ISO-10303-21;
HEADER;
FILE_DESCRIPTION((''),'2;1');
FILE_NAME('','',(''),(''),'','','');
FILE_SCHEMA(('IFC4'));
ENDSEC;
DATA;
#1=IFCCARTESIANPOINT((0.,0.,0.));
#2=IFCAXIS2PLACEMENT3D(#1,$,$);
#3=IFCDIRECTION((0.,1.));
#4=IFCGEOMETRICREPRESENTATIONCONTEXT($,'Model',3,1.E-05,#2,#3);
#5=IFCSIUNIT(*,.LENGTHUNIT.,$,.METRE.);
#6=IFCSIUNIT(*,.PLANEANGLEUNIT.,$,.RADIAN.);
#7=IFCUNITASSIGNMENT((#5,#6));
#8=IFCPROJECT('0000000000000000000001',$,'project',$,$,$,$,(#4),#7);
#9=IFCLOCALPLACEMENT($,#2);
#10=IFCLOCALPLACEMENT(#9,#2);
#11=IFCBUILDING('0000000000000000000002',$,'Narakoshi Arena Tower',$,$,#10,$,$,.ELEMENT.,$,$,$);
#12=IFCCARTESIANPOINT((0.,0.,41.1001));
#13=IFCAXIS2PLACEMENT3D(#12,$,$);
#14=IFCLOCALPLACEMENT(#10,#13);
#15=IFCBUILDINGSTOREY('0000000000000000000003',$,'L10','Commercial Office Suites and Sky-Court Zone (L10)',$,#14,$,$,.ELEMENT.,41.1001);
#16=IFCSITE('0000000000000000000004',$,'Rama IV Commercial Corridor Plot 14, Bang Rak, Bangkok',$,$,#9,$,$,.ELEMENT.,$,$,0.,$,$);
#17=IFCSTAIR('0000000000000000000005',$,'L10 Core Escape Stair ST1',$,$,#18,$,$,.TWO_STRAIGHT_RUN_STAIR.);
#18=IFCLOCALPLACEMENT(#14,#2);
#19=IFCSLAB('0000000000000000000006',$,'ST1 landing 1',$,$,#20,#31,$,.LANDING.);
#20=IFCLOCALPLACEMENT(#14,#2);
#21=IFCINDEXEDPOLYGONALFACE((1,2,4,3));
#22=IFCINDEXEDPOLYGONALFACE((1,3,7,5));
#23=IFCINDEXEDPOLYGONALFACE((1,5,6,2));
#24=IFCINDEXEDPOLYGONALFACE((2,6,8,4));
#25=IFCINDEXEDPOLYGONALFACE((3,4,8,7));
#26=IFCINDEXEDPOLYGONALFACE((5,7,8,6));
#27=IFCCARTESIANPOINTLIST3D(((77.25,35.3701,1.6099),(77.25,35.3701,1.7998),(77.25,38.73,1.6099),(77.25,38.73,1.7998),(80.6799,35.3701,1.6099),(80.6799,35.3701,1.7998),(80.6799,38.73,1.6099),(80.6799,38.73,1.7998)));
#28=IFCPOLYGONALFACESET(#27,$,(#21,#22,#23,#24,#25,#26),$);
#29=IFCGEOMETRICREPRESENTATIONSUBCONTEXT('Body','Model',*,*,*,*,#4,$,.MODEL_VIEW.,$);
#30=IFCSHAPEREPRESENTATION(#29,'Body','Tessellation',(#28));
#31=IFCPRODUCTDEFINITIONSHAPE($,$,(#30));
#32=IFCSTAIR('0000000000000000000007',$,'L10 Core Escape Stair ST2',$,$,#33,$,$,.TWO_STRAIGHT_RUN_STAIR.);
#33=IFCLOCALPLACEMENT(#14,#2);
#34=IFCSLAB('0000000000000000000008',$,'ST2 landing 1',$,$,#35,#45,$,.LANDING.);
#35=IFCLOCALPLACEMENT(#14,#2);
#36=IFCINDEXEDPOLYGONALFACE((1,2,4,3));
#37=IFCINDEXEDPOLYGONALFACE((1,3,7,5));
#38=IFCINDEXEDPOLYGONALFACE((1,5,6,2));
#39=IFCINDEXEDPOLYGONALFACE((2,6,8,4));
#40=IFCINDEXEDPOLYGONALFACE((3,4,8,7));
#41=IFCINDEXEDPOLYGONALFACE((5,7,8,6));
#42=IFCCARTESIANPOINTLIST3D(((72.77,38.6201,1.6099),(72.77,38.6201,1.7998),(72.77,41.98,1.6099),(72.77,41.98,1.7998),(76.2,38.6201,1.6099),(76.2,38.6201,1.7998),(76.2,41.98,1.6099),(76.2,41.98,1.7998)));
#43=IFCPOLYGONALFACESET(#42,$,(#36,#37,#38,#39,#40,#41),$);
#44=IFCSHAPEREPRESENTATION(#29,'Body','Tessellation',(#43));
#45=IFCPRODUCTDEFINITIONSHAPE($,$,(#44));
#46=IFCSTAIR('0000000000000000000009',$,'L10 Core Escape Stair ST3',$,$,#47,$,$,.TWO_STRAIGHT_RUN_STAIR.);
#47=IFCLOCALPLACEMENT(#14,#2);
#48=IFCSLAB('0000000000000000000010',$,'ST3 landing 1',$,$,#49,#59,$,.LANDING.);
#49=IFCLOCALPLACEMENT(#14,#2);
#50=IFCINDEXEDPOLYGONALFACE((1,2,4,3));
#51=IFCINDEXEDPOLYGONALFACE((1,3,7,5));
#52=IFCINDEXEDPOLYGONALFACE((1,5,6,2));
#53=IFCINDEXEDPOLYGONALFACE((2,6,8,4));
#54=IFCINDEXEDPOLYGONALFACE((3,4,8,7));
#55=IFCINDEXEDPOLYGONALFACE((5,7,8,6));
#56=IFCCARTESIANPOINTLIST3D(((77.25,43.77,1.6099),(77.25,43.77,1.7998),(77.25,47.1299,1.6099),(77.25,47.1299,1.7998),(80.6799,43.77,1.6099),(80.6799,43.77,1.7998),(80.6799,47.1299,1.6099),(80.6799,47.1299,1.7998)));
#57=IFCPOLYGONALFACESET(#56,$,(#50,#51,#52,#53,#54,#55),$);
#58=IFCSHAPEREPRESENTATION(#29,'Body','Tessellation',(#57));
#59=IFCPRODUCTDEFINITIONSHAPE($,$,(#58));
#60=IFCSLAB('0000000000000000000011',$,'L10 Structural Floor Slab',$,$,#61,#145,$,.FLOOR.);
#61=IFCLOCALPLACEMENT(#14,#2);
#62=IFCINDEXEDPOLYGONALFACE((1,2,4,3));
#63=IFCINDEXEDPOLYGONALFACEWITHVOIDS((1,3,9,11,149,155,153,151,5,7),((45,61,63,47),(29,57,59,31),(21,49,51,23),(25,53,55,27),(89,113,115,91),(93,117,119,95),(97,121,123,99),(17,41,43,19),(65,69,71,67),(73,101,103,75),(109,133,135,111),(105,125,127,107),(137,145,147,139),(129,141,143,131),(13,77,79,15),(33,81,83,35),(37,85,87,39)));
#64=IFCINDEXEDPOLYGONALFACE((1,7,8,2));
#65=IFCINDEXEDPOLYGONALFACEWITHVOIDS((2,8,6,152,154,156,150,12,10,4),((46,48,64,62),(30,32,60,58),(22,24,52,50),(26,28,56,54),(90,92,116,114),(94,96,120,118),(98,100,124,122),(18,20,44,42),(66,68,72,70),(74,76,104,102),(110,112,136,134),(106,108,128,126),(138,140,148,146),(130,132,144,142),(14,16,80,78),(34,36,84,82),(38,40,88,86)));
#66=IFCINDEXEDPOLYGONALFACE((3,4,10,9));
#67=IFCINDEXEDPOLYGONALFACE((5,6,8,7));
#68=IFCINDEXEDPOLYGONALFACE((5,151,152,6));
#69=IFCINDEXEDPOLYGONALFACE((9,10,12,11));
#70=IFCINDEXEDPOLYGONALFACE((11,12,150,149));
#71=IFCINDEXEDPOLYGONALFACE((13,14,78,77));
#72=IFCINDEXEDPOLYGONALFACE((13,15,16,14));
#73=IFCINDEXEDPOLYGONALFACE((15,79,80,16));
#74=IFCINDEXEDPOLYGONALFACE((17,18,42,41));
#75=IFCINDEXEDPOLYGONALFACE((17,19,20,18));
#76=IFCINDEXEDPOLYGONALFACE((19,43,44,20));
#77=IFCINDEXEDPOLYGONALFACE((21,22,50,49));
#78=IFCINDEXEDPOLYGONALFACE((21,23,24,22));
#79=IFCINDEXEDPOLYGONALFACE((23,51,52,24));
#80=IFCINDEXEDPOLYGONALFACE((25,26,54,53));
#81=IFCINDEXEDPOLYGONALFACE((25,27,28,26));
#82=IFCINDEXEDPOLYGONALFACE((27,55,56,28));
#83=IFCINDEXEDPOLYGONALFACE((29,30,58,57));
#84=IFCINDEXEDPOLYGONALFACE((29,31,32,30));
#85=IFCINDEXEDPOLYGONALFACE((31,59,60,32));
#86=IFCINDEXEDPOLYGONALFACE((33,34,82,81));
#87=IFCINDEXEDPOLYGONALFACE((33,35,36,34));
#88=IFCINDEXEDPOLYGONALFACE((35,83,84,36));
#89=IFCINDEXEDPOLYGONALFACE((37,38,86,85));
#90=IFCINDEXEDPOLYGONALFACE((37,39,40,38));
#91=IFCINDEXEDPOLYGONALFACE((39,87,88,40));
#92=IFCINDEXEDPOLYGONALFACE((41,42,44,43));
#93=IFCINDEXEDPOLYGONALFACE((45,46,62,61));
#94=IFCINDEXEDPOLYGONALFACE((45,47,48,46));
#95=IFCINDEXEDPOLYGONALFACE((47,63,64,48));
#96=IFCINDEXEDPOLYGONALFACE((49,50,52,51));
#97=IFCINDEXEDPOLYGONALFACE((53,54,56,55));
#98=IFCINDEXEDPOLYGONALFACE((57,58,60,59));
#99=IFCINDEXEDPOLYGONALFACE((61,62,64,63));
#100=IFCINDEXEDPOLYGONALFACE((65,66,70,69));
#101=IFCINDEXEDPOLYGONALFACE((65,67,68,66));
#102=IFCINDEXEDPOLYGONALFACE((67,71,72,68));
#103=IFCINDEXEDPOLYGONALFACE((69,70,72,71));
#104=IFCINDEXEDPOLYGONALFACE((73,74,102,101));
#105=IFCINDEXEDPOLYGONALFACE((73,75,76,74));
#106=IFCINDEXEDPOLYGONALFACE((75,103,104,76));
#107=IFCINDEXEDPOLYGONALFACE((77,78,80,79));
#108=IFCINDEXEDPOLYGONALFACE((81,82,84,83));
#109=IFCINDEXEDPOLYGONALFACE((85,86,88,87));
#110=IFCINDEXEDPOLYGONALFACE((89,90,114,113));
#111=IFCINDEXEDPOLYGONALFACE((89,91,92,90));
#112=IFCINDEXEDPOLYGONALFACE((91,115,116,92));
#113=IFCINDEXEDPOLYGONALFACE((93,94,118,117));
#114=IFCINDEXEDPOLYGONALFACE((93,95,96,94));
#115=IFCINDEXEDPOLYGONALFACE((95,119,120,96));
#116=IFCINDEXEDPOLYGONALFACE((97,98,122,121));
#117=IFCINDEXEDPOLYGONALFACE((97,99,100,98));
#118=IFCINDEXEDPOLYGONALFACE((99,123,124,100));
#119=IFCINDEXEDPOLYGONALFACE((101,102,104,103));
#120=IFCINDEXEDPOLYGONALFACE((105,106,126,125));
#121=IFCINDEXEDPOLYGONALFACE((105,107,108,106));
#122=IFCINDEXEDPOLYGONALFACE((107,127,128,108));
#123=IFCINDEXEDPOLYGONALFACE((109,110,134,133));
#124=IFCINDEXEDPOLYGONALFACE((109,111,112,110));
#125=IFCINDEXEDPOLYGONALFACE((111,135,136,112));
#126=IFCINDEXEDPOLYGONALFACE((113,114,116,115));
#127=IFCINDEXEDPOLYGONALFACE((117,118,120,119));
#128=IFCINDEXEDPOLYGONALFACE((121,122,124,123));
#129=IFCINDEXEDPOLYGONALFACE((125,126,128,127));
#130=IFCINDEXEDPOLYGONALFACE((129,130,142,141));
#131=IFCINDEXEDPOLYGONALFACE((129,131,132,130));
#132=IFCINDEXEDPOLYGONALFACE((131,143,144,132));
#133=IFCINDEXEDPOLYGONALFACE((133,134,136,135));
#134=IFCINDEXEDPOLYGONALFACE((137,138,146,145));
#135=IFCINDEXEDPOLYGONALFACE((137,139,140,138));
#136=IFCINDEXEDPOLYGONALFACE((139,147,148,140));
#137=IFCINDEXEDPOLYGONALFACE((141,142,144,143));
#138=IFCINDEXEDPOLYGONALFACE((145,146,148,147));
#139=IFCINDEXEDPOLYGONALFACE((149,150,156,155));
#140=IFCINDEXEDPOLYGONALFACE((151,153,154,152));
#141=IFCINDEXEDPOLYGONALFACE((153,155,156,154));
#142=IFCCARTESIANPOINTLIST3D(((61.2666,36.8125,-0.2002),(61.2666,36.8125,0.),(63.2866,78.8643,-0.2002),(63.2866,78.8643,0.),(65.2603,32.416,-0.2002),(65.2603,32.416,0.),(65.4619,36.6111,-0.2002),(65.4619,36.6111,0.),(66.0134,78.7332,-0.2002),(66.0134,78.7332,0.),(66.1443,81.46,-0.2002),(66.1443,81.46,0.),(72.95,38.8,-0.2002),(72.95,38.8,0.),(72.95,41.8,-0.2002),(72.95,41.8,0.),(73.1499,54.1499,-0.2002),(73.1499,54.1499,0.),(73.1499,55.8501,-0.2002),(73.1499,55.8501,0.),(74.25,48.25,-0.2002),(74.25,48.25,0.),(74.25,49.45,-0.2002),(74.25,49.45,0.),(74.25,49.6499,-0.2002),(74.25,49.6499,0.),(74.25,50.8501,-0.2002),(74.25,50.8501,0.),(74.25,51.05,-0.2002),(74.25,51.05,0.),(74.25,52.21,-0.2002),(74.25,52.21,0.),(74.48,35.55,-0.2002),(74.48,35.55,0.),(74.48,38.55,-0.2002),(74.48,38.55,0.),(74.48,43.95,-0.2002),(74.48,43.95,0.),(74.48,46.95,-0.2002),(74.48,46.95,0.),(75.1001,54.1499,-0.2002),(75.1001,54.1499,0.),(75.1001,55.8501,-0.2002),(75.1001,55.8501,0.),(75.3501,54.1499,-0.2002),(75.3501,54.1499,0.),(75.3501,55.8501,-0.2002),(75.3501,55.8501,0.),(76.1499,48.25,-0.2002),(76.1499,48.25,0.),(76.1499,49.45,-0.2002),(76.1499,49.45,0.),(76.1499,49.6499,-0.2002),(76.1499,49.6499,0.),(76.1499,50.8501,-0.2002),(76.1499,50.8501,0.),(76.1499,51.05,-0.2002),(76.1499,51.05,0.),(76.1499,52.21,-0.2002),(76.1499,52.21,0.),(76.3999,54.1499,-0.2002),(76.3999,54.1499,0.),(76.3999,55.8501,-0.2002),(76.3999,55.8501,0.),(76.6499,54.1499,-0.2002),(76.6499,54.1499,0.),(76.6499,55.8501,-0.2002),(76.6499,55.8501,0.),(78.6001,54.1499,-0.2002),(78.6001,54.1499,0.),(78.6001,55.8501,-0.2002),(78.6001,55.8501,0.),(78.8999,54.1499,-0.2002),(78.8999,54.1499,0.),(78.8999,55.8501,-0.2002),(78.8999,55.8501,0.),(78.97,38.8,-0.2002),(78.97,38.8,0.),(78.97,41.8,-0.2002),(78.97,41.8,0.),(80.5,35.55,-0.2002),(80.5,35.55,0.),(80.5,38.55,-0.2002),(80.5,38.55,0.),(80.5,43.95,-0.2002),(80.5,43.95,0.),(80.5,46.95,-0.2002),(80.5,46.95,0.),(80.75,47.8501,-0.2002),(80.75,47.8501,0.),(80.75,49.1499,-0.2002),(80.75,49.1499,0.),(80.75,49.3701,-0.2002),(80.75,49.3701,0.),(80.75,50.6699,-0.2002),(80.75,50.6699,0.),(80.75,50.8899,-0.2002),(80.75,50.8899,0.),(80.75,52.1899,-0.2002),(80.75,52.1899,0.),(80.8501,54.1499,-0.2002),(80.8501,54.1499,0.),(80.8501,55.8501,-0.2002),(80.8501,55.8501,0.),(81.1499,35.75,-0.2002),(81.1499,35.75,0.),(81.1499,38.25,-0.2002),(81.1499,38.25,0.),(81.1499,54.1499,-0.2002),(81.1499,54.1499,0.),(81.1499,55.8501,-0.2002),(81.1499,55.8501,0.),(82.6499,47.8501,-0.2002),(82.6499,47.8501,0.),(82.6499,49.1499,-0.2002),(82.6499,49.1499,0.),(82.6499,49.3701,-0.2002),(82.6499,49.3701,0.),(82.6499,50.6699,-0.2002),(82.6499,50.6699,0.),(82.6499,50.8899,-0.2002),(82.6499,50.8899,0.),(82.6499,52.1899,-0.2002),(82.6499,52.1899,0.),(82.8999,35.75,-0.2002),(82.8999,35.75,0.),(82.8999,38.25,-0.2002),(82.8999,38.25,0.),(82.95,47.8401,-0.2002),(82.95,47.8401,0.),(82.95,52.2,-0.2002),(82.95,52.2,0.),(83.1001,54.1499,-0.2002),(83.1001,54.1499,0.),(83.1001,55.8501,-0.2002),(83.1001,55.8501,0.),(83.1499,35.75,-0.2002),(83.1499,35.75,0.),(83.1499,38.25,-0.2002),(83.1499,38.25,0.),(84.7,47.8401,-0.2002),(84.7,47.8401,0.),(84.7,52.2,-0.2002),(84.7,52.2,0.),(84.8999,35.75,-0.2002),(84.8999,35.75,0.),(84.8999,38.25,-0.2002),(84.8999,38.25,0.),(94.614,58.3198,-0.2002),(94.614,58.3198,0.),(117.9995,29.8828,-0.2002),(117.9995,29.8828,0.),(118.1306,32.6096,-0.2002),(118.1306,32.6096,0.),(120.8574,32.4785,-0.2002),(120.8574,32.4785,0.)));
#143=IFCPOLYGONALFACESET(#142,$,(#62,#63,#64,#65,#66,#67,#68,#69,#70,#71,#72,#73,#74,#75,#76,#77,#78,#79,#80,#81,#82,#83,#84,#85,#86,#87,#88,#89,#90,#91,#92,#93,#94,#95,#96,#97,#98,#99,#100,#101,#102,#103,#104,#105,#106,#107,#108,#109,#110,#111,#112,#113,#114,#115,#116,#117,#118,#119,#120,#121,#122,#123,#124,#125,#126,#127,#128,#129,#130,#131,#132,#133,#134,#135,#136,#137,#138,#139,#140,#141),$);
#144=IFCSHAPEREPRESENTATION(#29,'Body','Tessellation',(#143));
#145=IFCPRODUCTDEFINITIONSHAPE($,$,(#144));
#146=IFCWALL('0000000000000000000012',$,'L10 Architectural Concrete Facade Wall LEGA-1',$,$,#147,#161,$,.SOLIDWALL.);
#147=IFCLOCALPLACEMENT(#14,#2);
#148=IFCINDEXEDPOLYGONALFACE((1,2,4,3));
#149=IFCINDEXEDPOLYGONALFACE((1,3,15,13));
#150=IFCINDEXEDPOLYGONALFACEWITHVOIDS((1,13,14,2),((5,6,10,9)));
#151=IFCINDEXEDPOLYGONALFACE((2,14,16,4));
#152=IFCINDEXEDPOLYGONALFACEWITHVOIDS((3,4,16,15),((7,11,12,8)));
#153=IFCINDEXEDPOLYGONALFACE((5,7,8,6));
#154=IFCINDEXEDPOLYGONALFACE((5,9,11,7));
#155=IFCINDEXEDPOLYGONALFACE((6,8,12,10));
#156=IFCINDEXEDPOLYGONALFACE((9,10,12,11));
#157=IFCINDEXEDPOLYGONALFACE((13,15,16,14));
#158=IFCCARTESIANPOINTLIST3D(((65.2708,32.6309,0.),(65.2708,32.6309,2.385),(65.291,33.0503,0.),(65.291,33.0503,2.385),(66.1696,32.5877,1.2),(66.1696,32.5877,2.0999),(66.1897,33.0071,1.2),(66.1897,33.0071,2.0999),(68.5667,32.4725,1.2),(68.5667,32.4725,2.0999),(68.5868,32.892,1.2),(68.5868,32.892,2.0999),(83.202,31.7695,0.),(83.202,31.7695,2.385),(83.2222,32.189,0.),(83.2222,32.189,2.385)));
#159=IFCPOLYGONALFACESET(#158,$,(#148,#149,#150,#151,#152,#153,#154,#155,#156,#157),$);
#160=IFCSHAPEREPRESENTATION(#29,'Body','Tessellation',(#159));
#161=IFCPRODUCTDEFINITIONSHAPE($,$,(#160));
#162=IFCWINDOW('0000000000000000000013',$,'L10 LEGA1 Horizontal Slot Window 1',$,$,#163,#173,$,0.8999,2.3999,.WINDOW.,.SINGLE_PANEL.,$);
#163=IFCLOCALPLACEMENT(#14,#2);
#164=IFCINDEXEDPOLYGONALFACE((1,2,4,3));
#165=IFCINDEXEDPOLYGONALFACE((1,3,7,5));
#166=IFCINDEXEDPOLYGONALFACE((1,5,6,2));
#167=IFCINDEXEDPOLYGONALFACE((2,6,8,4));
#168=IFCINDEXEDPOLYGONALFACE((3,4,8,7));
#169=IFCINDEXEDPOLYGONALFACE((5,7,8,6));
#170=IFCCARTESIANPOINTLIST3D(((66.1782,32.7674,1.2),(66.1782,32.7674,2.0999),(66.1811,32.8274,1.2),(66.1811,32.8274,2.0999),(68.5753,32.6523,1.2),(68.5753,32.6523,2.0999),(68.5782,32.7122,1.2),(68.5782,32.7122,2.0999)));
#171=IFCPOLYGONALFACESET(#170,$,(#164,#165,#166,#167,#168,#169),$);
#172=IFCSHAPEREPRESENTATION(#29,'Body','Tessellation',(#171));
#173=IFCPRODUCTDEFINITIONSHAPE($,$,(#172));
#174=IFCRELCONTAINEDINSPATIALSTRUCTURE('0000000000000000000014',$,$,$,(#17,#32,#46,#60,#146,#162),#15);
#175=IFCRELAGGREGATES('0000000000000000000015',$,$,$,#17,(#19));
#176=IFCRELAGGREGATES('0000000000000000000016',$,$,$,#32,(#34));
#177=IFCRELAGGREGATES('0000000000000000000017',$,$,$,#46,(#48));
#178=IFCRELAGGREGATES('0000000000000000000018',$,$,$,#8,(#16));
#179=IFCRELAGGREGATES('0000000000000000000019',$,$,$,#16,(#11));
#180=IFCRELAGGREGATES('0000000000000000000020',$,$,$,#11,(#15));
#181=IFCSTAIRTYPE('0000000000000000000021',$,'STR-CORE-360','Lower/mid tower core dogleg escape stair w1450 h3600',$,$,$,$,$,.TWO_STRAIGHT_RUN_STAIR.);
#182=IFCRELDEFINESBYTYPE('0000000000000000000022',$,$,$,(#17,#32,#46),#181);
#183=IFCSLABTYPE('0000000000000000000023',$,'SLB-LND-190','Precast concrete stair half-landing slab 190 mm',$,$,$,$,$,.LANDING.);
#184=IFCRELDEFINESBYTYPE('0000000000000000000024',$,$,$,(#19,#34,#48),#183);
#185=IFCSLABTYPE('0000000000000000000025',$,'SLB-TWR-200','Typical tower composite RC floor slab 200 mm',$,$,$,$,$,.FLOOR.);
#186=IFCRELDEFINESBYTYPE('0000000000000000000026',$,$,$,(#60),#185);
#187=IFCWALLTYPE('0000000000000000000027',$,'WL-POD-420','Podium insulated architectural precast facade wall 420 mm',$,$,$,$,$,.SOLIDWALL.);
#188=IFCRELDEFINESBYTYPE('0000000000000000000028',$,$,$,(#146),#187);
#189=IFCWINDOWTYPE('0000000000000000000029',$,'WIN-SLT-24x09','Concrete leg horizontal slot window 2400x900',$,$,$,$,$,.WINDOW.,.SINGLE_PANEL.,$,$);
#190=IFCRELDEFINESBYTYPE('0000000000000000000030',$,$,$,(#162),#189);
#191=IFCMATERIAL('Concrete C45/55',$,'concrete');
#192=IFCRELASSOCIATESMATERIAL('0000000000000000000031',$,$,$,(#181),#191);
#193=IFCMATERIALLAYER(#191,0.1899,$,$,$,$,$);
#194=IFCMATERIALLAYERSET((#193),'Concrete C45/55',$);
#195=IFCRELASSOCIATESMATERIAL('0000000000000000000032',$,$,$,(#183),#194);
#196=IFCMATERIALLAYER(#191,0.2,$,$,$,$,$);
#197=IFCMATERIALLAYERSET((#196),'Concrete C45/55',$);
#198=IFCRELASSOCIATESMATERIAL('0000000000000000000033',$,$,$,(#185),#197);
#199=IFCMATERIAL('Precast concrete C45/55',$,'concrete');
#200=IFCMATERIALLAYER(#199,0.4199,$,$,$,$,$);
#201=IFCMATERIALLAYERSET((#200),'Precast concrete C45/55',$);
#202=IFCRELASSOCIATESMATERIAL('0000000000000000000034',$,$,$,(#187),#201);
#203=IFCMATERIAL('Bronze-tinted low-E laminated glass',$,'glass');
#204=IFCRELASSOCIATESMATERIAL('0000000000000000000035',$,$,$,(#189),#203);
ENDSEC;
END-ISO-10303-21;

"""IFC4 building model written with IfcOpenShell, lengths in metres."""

from ifc_helpers import new_model, si_unit, direction, frame, frame_2d, origin, place, context, subcontext, project, spatial, polyline, rectangle, outline, extrude, material, layer, layer_set, type_object, element, fill, aggregate, save


model = new_model("IFC4")

# Units and contexts
model_context = context("Model", 3, precision=1e-05, world=origin(), true_north=direction((0.0, 1.0)))
body_context = subcontext(model_context, "Body", "Model", "MODEL_VIEW")
ifc_project = project(units=[si_unit("LENGTHUNIT", "METRE"), si_unit("PLANEANGLEUNIT", "RADIAN")], contexts=[model_context])

# Site, building, storey
site_placement = place(None, origin())
site = spatial("IfcSite", under=ifc_project, at=site_placement, Name="Rama IV Commercial Corridor Plot 14, Bang Rak, Bangkok", CompositionType="ELEMENT", RefElevation=0.0)
building_placement = place(site_placement, origin())
building = spatial("IfcBuilding", under=site, at=building_placement, Name="Narakoshi Arena Tower", CompositionType="ELEMENT")
storey_placement = place(building_placement, frame((0.0, 0.0, 41.1001)))
storey = spatial("IfcBuildingStorey", under=building, at=storey_placement, Name="L10", Description="Commercial Office Suites and Sky-Court Zone (L10)", CompositionType="ELEMENT", Elevation=41.1001)

# Stairs, slabs
ifc_material_1 = material(Name="Concrete C45/55", Category="concrete")
stair_type = type_object("IfcStairType", Name="STR-CORE-360", Description="Lower/mid tower core dogleg escape stair w1450 h3600", PredefinedType="TWO_STRAIGHT_RUN_STAIR", material=ifc_material_1)
stair_1_placement = place(storey_placement, origin())
stair_1 = element("IfcStair", 1, at=stair_1_placement, inside=storey, type_object=stair_type, Name="L10 Core Escape Stair ST1", PredefinedType="TWO_STRAIGHT_RUN_STAIR")
ifc_layer_1 = layer(ifc_material_1, 0.1899)
ifc_layer_set_1 = layer_set([ifc_layer_1], Name="Concrete C45/55")
slab_type_1 = type_object("IfcSlabType", Name="SLB-LND-190", Description="Precast concrete stair half-landing slab 190 mm", PredefinedType="LANDING", material=ifc_layer_set_1)
slab_1_placement = place(storey_placement, frame((0.0, 0.0, 1.6099)))
slab_1 = element("IfcSlab", 2, at=slab_1_placement, type_object=slab_type_1, Name="ST1 landing 1", PredefinedType="LANDING", context=body_context, shape_type="SweptSolid", body=[
    extrude(outline(polyline([(77.25, 35.3701), (80.6799, 35.3701), (80.6799, 38.73), (77.25, 38.73), (77.25, 35.3701)])), origin(), (0.0, 0.0, 1.0), 0.1899),
])
aggregate(stair_1, [slab_1])
stair_2_placement = place(storey_placement, origin())
stair_2 = element("IfcStair", 3, at=stair_2_placement, inside=storey, type_object=stair_type, Name="L10 Core Escape Stair ST2", PredefinedType="TWO_STRAIGHT_RUN_STAIR")
slab_2_placement = place(storey_placement, frame((0.0, 0.0, 1.6099)))
slab_2 = element("IfcSlab", 4, at=slab_2_placement, type_object=slab_type_1, Name="ST2 landing 1", PredefinedType="LANDING", context=body_context, shape_type="SweptSolid", body=[
    extrude(outline(polyline([(72.77, 38.6201), (76.2, 38.6201), (76.2, 41.98), (72.77, 41.98), (72.77, 38.6201)])), origin(), (0.0, 0.0, 1.0), 0.1899),
])
aggregate(stair_2, [slab_2])
stair_3_placement = place(storey_placement, origin())
stair_3 = element("IfcStair", 5, at=stair_3_placement, inside=storey, type_object=stair_type, Name="L10 Core Escape Stair ST3", PredefinedType="TWO_STRAIGHT_RUN_STAIR")
slab_3_placement = place(storey_placement, frame((0.0, 0.0, 1.6099)))
slab_3 = element("IfcSlab", 6, at=slab_3_placement, type_object=slab_type_1, Name="ST3 landing 1", PredefinedType="LANDING", context=body_context, shape_type="SweptSolid", body=[
    extrude(outline(polyline([(77.25, 43.77), (80.6799, 43.77), (80.6799, 47.1299), (77.25, 47.1299), (77.25, 43.77)])), origin(), (0.0, 0.0, 1.0), 0.1899),
])
aggregate(stair_3, [slab_3])

# Slab
ifc_layer_2 = layer(ifc_material_1, 0.2)
ifc_layer_set_2 = layer_set([ifc_layer_2], Name="Concrete C45/55")
slab_type_2 = type_object("IfcSlabType", Name="SLB-TWR-200", Description="Typical tower composite RC floor slab 200 mm", PredefinedType="FLOOR", material=ifc_layer_set_2)
slab_4_placement = place(storey_placement, frame((0.0, 0.0, -0.2002)))
element("IfcSlab", 7, at=slab_4_placement, inside=storey, type_object=slab_type_2, Name="L10 Structural Floor Slab", PredefinedType="FLOOR", context=body_context, shape_type="SweptSolid", body=[
    extrude(outline(polyline([(65.2603, 32.416), (117.9995, 29.8828), (118.1306, 32.6096), (120.8574, 32.4785), (94.614, 58.3198), (66.1443, 81.46), (66.0134, 78.7332), (63.2866, 78.8643), (61.2666, 36.8125), (65.4619, 36.6111), (65.2603, 32.416)]), holes=[polyline([(74.48, 35.55), (74.48, 38.55), (80.5, 38.55), (80.5, 35.55), (74.48, 35.55)]), polyline([(81.1499, 35.75), (81.1499, 38.25), (82.8999, 38.25), (82.8999, 35.75), (81.1499, 35.75)]), polyline([(83.1499, 35.75), (83.1499, 38.25), (84.8999, 38.25), (84.8999, 35.75), (83.1499, 35.75)]), polyline([(72.95, 38.8), (72.95, 41.8), (78.97, 41.8), (78.97, 38.8), (72.95, 38.8)]), polyline([(74.48, 43.95), (74.48, 46.95), (80.5, 46.95), (80.5, 43.95), (74.48, 43.95)]), polyline([(82.95, 47.8401), (82.95, 52.2), (84.7, 52.2), (84.7, 47.8401), (82.95, 47.8401)]), polyline([(80.75, 47.8501), (80.75, 49.1499), (82.6499, 49.1499), (82.6499, 47.8501), (80.75, 47.8501)]), polyline([(74.25, 48.25), (74.25, 49.45), (76.1499, 49.45), (76.1499, 48.25), (74.25, 48.25)]), polyline([(80.75, 49.3701), (80.75, 50.6699), (82.6499, 50.6699), (82.6499, 49.3701), (80.75, 49.3701)]), polyline([(74.25, 49.6499), (74.25, 50.8501), (76.1499, 50.8501), (76.1499, 49.6499), (74.25, 49.6499)]), polyline([(80.75, 50.8899), (80.75, 52.1899), (82.6499, 52.1899), (82.6499, 50.8899), (80.75, 50.8899)]), polyline([(74.25, 51.05), (74.25, 52.21), (76.1499, 52.21), (76.1499, 51.05), (74.25, 51.05)]), polyline([(73.1499, 54.1499), (73.1499, 55.8501), (75.1001, 55.8501), (75.1001, 54.1499), (73.1499, 54.1499)]), polyline([(75.3501, 54.1499), (75.3501, 55.8501), (76.3999, 55.8501), (76.3999, 54.1499), (75.3501, 54.1499)]), polyline([(76.6499, 54.1499), (76.6499, 55.8501), (78.6001, 55.8501), (78.6001, 54.1499), (76.6499, 54.1499)]), polyline([(78.8999, 55.8501), (80.8501, 55.8501), (80.8501, 54.1499), (78.8999, 54.1499), (78.8999, 55.8501)]), polyline([(81.1499, 55.8501), (83.1001, 55.8501), (83.1001, 54.1499), (81.1499, 54.1499), (81.1499, 55.8501)])]), origin(), (0.0, 0.0, 1.0), 0.2002),
])

# Wall, opening, window
ifc_material_2 = material(Name="Precast concrete C45/55", Category="concrete")
ifc_layer_3 = layer(ifc_material_2, 0.4199)
ifc_layer_set_3 = layer_set([ifc_layer_3], Name="Precast concrete C45/55")
wall_type_1 = type_object("IfcWallType", Name="WL-POD-420", Description="Podium insulated architectural precast facade wall 420 mm", PredefinedType="SOLIDWALL", material=ifc_layer_set_3)
wall_1_placement = place(storey_placement, frame((65.2808, 32.8406, 0.0), z_axis=(0.0, 0.0, 1.0), x_axis=(0.998848, -0.04798, 0.0)))
wall_1 = element("IfcWall", 8, at=wall_1_placement, inside=storey, type_object=wall_type_1, Name="L10 Architectural Concrete Facade Wall LEGA-1", PredefinedType="SOLIDWALL", context=body_context, shape_type="SweptSolid", body=[
    extrude(rectangle(XDim=17.9519, YDim=0.4199, at=frame_2d((8.9761, 0.0))), origin(), (0.0, 0.0, 1.0), 2.385),
])
opening_1_placement = place(wall_1_placement, frame((0.8999, 0.0, 1.2)))
opening_1 = element("IfcOpeningElement", 9, at=opening_1_placement, cuts=wall_1, PredefinedType="OPENING", context=body_context, shape_type="SweptSolid", body=[
    extrude(rectangle(XDim=2.3999, YDim=0.8999, at=frame_2d((1.2, 0.45))), frame((0.0, 0.22, 0.0), z_axis=(0.0, -1.0, 0.0), x_axis=(1.0, 0.0, 0.0)), (0.0, 0.0, 1.0), 0.4399),
])
ifc_material_3 = material(Name="Bronze-tinted low-E laminated glass", Category="glass")
window_type_1 = type_object("IfcWindowType", Name="WIN-SLT-24x09", Description="Concrete leg horizontal slot window 2400x900", PartitioningType="SINGLE_PANEL", PredefinedType="WINDOW", material=ifc_material_3)
window_1_placement = place(opening_1_placement, origin())
window_1 = element("IfcWindow", 10, at=window_1_placement, inside=storey, type_object=window_type_1, Name="L10 LEGA1 Horizontal Slot Window 1", OverallHeight=0.8999, OverallWidth=2.3999, PartitioningType="SINGLE_PANEL", PredefinedType="WINDOW", context=body_context, shape_type="SweptSolid", body=[
    extrude(rectangle(XDim=2.3999, YDim=0.8999, at=frame_2d((1.2, 0.45))), frame((0.0, 0.03, 0.0), z_axis=(0.0, -1.0, 0.0), x_axis=(1.0, 0.0, 0.0)), (0.0, 0.0, 1.0), 0.0601),
])
fill(opening_1, window_1)

save(model, "model.ifc")
